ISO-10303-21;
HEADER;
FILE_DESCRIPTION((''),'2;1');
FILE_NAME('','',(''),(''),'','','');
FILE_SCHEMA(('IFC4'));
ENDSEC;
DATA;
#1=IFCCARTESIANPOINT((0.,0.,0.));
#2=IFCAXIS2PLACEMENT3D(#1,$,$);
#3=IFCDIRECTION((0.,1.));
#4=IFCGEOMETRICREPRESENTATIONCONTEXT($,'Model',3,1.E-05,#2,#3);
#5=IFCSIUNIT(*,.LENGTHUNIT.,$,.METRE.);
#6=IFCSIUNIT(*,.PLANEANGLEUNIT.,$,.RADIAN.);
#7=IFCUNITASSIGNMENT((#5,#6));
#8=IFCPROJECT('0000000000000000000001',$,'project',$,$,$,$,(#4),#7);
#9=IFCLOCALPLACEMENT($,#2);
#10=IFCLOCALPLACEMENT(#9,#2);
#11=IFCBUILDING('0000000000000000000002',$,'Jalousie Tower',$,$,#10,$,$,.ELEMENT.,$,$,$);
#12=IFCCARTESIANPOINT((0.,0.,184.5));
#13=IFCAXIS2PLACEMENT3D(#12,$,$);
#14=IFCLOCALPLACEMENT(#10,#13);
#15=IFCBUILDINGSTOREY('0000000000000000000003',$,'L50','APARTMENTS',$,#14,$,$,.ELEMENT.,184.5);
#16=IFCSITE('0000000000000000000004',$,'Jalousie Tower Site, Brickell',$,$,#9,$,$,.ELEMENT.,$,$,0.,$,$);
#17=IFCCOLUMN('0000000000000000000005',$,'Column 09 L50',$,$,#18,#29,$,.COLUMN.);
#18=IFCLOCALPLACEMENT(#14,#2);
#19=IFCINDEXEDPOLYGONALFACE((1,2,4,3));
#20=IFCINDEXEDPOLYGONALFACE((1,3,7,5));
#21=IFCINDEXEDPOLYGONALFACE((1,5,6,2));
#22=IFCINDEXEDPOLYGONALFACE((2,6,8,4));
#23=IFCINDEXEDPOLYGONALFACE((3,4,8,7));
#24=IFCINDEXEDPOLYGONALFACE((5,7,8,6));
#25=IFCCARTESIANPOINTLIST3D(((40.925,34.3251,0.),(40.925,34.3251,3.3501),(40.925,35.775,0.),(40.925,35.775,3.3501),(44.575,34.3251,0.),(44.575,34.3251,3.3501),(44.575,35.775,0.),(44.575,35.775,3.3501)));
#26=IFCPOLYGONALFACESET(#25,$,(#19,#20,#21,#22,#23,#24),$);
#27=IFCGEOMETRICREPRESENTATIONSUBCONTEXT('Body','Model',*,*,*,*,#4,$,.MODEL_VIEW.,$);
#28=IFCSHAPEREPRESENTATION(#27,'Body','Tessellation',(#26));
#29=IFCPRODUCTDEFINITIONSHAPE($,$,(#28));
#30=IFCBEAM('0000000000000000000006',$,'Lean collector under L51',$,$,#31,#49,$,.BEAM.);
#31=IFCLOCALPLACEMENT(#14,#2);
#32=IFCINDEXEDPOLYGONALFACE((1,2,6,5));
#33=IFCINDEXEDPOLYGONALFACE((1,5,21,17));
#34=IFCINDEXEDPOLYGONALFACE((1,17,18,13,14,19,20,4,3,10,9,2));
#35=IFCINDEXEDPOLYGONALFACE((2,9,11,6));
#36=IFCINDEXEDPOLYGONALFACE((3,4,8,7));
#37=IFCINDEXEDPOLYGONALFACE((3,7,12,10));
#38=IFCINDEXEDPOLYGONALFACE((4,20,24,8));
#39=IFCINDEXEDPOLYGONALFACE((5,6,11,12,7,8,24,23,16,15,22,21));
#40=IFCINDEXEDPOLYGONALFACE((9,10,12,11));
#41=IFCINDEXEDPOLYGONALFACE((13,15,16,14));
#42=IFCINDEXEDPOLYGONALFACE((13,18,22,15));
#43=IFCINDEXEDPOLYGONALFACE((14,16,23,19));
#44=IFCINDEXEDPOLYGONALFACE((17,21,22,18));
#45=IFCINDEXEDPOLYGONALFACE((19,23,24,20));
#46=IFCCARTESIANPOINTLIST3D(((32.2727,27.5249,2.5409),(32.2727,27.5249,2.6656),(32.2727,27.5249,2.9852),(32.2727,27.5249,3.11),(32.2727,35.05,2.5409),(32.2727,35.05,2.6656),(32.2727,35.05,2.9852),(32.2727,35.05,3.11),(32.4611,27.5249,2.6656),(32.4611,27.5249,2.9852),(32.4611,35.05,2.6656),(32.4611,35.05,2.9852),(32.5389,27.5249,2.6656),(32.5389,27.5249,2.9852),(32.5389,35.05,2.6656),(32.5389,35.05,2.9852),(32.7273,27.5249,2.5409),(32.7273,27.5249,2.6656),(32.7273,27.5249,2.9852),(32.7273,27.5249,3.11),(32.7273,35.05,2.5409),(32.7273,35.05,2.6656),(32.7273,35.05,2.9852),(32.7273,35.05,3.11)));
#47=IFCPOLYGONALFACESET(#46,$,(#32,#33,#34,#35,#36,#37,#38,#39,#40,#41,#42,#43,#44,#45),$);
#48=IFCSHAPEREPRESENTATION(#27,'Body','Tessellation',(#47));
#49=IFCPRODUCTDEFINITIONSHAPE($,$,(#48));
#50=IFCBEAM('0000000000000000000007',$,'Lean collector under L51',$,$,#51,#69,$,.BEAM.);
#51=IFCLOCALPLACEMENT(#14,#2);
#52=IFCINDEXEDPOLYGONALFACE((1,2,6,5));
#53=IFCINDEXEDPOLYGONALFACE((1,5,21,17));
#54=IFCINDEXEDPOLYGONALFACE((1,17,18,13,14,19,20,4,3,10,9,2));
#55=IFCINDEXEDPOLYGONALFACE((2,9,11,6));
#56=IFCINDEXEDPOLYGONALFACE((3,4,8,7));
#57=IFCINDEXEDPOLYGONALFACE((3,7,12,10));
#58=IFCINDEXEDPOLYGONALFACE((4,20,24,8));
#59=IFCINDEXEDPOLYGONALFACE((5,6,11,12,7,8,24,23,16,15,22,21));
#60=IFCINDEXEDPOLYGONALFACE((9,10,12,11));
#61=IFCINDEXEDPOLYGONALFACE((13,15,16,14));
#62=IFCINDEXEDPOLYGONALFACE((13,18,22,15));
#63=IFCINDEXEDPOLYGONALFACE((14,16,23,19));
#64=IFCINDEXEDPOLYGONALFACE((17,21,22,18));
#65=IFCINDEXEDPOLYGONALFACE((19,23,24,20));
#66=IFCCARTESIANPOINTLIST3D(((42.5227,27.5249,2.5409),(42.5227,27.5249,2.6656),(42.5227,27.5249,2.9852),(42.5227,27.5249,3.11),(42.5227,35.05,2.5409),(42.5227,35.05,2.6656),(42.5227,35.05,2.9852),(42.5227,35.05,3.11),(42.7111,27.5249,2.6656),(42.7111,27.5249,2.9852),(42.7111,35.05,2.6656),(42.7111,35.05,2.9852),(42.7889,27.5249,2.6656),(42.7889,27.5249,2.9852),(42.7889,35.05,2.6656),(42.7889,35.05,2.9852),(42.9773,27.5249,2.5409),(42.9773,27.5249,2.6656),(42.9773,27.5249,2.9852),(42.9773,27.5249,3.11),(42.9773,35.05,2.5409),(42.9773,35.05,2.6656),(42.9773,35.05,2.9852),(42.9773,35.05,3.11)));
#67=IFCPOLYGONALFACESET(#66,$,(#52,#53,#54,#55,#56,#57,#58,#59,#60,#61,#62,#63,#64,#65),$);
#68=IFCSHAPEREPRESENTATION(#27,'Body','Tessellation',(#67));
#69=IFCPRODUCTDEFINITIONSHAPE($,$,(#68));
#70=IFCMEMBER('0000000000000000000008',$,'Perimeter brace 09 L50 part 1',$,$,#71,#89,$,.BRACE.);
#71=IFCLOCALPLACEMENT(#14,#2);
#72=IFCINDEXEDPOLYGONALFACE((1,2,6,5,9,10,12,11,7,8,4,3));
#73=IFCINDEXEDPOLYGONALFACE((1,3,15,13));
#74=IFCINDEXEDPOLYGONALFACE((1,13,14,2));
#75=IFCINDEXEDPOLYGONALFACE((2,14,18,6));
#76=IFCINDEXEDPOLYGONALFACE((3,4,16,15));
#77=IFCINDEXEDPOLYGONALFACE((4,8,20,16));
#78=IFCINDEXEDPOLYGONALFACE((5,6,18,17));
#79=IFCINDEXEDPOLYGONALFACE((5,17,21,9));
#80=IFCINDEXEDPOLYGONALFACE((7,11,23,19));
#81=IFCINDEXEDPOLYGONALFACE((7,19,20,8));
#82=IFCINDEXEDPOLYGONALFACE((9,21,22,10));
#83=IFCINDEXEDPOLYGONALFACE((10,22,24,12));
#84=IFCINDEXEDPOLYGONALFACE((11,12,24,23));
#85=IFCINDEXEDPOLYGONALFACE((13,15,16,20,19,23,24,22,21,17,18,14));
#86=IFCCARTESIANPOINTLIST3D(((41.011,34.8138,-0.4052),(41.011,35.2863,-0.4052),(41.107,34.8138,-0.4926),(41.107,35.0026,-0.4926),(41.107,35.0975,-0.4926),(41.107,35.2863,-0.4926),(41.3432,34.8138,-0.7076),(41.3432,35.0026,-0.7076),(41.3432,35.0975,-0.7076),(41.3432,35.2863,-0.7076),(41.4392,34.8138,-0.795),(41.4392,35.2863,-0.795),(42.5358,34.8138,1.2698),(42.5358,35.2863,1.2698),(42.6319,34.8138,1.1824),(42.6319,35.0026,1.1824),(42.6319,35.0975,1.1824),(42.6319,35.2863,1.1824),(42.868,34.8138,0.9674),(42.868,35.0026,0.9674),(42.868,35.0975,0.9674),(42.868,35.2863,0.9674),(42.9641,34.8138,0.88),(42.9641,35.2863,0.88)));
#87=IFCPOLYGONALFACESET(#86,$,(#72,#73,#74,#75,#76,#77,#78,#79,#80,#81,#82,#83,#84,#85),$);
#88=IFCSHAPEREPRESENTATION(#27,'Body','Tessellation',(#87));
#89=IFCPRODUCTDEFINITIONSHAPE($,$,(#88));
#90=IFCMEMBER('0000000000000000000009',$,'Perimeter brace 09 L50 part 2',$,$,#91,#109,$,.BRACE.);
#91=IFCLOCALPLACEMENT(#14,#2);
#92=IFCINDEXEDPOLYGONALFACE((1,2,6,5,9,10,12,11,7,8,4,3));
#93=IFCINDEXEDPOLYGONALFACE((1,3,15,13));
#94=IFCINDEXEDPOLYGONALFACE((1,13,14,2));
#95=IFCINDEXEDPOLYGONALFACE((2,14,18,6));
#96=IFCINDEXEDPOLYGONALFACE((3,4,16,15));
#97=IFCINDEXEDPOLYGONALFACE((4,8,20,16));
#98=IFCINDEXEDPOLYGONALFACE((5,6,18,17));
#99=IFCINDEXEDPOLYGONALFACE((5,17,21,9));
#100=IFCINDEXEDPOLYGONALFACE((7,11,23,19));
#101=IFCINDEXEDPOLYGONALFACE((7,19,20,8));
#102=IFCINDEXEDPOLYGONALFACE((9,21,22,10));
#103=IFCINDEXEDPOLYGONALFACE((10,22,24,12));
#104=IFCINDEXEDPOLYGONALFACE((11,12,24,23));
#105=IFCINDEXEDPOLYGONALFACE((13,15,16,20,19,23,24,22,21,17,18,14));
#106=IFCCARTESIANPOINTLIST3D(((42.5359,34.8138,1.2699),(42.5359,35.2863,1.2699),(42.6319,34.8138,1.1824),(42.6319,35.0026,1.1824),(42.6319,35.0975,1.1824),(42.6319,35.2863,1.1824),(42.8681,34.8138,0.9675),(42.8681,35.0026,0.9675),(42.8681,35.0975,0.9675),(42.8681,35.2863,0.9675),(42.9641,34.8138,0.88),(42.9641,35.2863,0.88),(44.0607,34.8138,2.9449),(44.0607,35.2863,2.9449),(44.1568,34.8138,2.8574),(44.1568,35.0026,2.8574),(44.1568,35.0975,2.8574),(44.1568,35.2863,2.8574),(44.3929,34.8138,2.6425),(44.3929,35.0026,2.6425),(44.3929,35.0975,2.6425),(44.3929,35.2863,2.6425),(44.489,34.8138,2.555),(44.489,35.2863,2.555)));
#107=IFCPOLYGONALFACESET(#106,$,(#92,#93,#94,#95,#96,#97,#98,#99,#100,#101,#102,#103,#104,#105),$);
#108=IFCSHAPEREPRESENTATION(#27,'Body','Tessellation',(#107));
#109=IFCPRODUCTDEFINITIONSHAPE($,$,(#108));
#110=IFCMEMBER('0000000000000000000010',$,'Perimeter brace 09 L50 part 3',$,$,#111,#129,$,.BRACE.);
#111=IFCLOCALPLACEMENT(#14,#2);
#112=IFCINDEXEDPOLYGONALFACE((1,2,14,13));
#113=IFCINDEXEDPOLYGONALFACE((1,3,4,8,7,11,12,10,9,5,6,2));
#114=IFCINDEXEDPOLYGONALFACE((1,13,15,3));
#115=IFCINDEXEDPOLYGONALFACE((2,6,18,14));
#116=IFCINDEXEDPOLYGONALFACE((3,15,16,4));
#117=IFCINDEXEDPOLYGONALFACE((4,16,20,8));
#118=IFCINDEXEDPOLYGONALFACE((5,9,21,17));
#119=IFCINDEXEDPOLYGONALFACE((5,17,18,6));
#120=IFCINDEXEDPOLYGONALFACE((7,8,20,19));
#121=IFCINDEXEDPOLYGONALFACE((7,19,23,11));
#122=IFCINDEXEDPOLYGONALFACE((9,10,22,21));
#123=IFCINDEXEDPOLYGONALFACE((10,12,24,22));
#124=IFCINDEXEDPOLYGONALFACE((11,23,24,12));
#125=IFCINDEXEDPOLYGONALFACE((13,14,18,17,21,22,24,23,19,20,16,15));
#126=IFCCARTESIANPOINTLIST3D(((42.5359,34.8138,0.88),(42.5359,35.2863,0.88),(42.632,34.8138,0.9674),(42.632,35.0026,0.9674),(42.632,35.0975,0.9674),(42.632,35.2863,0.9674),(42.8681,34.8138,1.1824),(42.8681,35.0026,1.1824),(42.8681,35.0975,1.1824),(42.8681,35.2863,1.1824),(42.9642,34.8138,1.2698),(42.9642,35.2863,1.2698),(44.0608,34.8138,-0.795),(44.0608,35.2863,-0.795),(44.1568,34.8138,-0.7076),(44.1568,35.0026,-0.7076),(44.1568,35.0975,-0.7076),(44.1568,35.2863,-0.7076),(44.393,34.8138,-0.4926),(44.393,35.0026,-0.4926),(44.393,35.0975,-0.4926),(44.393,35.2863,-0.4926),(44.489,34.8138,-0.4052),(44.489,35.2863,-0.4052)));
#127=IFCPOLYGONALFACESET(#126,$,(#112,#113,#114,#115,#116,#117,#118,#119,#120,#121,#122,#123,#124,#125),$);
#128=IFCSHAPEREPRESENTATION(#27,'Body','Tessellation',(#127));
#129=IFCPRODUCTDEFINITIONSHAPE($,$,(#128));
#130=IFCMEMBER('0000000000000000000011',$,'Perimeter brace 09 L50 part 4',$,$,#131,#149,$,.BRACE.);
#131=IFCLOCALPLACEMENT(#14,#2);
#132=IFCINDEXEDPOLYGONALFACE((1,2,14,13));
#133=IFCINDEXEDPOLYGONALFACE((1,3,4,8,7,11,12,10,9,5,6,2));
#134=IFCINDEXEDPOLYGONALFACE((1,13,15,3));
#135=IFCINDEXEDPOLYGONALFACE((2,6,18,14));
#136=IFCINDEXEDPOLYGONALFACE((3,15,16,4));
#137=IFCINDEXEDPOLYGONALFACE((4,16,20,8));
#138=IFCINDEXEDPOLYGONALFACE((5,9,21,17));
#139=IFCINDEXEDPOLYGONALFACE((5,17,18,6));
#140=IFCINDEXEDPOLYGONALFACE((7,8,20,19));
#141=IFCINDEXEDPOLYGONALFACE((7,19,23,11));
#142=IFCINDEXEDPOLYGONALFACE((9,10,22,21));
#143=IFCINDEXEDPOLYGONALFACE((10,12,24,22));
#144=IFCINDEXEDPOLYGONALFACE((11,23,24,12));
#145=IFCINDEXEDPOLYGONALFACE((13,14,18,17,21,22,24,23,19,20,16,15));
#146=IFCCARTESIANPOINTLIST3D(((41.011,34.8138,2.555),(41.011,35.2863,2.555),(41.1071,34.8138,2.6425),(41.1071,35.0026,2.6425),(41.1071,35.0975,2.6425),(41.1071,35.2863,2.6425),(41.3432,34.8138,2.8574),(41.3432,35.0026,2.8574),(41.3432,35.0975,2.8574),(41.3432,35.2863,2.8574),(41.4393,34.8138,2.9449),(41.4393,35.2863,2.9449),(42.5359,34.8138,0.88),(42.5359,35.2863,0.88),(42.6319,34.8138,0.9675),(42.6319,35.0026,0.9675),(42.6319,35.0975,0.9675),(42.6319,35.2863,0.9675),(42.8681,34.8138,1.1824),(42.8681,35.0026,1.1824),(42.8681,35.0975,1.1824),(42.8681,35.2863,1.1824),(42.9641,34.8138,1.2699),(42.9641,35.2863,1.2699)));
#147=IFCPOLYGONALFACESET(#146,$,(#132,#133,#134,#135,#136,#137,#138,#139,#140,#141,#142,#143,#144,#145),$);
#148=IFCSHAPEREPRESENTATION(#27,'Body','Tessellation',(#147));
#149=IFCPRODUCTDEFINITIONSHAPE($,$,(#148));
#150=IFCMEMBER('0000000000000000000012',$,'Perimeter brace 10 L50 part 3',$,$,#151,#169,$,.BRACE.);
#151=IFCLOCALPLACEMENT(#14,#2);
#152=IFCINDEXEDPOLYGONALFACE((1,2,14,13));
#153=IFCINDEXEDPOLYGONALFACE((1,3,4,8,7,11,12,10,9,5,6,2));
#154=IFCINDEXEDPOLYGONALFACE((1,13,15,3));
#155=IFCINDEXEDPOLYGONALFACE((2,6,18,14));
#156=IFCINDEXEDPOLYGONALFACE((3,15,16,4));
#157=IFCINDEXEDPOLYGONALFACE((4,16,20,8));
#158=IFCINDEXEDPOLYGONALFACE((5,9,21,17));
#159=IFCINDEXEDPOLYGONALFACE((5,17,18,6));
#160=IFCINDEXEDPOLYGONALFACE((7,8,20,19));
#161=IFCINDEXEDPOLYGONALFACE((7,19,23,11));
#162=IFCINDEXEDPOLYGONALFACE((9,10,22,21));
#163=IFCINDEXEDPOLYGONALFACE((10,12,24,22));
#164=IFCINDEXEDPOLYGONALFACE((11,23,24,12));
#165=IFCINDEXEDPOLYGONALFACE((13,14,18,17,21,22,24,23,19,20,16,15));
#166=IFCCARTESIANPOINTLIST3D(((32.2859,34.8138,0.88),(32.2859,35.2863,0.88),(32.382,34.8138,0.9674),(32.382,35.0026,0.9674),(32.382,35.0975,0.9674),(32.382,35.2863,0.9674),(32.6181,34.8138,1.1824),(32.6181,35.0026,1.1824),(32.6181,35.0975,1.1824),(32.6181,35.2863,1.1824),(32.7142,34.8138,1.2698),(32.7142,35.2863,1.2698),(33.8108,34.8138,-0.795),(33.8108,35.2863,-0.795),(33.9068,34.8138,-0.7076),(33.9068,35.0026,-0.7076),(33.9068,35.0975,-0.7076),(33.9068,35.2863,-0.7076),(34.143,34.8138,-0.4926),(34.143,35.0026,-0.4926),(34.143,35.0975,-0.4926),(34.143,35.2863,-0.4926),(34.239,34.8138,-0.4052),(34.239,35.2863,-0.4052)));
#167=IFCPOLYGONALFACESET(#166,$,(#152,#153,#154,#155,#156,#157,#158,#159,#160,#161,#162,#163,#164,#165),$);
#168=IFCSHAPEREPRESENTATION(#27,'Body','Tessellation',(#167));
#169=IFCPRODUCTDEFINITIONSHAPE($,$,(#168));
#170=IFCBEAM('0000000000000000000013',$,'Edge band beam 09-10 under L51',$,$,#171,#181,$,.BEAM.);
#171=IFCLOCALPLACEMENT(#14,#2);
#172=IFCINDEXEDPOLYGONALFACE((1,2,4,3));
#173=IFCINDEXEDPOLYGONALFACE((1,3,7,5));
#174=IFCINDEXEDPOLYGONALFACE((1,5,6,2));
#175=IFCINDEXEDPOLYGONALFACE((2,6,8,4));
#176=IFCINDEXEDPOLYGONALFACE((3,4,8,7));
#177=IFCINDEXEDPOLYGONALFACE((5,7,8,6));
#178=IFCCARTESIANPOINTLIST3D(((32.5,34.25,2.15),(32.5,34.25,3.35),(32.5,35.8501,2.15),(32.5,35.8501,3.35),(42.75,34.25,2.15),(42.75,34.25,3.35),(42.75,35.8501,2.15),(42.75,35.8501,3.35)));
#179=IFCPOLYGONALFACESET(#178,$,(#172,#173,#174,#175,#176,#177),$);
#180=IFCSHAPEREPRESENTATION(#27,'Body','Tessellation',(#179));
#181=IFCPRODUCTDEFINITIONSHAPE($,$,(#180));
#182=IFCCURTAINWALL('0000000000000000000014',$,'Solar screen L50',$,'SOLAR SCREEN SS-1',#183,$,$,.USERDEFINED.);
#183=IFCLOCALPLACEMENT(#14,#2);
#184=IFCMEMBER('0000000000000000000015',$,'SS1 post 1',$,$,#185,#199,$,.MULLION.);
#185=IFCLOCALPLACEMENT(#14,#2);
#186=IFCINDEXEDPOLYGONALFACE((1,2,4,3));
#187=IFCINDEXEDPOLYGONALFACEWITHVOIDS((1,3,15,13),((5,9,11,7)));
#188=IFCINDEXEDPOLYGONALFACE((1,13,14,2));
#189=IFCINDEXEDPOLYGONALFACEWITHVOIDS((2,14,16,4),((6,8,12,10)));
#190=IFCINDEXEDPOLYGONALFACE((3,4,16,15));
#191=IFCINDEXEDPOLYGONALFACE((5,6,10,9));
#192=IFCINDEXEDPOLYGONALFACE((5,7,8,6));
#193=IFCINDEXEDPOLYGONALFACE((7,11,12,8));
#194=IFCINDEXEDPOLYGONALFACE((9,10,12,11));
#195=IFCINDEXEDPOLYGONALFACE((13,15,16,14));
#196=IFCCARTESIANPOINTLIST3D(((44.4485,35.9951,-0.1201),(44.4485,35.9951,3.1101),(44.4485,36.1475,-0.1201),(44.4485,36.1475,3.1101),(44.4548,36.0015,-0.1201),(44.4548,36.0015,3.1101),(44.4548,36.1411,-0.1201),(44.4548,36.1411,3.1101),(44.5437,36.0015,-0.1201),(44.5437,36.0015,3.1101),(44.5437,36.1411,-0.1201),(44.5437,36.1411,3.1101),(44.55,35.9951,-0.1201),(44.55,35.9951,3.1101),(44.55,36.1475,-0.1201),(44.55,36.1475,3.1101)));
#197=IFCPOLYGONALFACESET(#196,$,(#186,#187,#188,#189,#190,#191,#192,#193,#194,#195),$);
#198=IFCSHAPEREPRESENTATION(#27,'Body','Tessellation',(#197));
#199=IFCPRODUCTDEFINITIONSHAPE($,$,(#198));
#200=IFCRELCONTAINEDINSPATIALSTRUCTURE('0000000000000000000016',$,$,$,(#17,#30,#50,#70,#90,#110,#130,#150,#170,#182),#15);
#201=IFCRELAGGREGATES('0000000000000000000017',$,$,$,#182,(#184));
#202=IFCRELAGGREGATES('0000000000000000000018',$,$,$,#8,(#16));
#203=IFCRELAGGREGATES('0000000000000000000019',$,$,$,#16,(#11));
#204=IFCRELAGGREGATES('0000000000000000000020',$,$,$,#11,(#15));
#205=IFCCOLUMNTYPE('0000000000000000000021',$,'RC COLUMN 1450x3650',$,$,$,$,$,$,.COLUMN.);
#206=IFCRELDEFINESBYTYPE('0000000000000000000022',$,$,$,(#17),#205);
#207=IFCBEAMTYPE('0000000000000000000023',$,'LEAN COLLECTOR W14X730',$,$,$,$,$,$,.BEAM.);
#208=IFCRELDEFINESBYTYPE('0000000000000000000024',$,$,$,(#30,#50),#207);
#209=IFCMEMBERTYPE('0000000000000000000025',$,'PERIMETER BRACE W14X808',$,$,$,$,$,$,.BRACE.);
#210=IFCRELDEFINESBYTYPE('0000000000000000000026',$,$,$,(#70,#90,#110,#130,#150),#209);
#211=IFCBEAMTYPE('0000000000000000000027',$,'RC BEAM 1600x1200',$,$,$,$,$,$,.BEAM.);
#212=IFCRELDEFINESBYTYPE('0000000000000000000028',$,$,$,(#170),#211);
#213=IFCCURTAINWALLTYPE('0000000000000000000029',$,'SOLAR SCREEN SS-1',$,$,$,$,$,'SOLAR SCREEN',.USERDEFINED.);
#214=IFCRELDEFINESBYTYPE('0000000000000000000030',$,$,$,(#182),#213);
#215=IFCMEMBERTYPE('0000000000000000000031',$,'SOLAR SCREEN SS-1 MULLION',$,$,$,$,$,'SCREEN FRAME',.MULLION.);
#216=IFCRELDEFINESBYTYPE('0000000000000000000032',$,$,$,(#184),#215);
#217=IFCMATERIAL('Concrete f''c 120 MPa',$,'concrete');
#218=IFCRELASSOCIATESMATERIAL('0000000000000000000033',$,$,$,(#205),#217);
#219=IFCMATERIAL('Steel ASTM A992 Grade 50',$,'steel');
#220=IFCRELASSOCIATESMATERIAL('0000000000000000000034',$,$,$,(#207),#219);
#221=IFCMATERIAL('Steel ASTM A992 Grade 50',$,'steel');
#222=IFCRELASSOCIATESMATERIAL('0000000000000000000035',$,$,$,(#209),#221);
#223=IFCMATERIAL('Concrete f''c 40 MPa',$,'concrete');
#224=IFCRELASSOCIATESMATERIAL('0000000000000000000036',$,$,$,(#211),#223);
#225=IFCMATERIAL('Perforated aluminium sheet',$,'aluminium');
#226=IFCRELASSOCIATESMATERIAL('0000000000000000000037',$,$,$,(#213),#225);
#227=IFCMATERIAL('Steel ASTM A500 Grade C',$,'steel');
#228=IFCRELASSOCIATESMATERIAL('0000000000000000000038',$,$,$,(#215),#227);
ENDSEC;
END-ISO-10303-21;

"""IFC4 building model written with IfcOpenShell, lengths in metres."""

from ifc_helpers import new_model, si_unit, direction, frame, origin, origin_2d, place, context, subcontext, project, spatial, rectangle, hollow_rectangle, i_section, extrude, material, material_profile, profile_set, type_object, element, aggregate, save


model = new_model("IFC4")

# Units and contexts
model_context = context("Model", 3, precision=1e-05, world=origin(), true_north=direction((0.0, 1.0)))
body_context = subcontext(model_context, "Body", "Model", "MODEL_VIEW")
ifc_project = project(units=[si_unit("LENGTHUNIT", "METRE"), si_unit("PLANEANGLEUNIT", "RADIAN")], contexts=[model_context])

# Site, building, storey
site_placement = place(None, origin())
site = spatial("IfcSite", under=ifc_project, at=site_placement, Name="Jalousie Tower Site, Brickell", CompositionType="ELEMENT", RefElevation=0.0)
building_placement = place(site_placement, origin())
building = spatial("IfcBuilding", under=site, at=building_placement, Name="Jalousie Tower", CompositionType="ELEMENT")
storey_placement = place(building_placement, frame((0.0, 0.0, 184.5)))
storey = spatial("IfcBuildingStorey", under=building, at=storey_placement, Name="L50", Description="APARTMENTS", CompositionType="ELEMENT", Elevation=184.5)

# Column
ifc_material_1 = material(Name="Concrete f'c 120 MPa", Category="concrete")
ifc_material_profile_1 = material_profile(ifc_material_1, rectangle(XDim=1.45, YDim=3.6499, at=origin_2d()), Name="RC 1450x3650")
ifc_profile_set_1 = profile_set([ifc_material_profile_1], Name="Concrete f'c 120 MPa")
column_type = type_object("IfcColumnType", Name="RC COLUMN 1450x3650", PredefinedType="COLUMN", material=ifc_profile_set_1)
column_placement = place(storey_placement, frame((42.75, 35.05, 0.0), z_axis=(0.0, 0.0, 1.0), x_axis=(0.0, 1.0, 0.0)))
element("IfcColumn", 1, at=column_placement, inside=storey, type_object=column_type, Name="Column 09 L50", PredefinedType="COLUMN", context=body_context, shape_type="SweptSolid", body=[
    extrude(rectangle(XDim=1.45, YDim=3.6499, at=origin_2d()), origin(), (0.0, 0.0, 1.0), 3.3501),
])

# Beams
ifc_material_2 = material(Name="Steel ASTM A992 Grade 50", Category="steel")
ifc_material_profile_2 = material_profile(ifc_material_2, i_section(OverallWidth=0.4546, OverallDepth=0.5691, WebThickness=0.0779, FlangeThickness=0.1248, at=origin_2d()), Name="W14X730")
ifc_profile_set_2 = profile_set([ifc_material_profile_2], Name="Steel ASTM A992 Grade 50")
beam_type_1 = type_object("IfcBeamType", Name="LEAN COLLECTOR W14X730", PredefinedType="BEAM", material=ifc_profile_set_2)
for number, where, z_axis, x_axis, name in (
    (2, (32.5, 35.05, 2.8254), (0.0, -1.0, 0.0), (1.0, 0.0, 0.0), "Lean collector under L51"),
    (3, (42.75, 35.05, 2.8254), (0.0, -1.0, 0.0), (1.0, 0.0, 0.0), "Lean collector under L51"),
):
    element("IfcBeam", number, at=place(storey_placement, frame(where, z_axis=z_axis, x_axis=x_axis)), inside=storey, type_object=beam_type_1, Name=name, PredefinedType="BEAM", context=body_context, shape_type="SweptSolid", body=[
        extrude(i_section(OverallWidth=0.4546, OverallDepth=0.5691, WebThickness=0.0779, FlangeThickness=0.1248, at=origin_2d()), origin(), (0.0, 0.0, 1.0), 7.5251),
    ])

# Members
ifc_material_3 = material(Name="Steel ASTM A992 Grade 50", Category="steel")
ifc_material_profile_3 = material_profile(ifc_material_3, i_section(OverallWidth=0.4724, OverallDepth=0.5791, WebThickness=0.095, FlangeThickness=0.1299, at=origin_2d()), Name="W14X808")
ifc_profile_set_3 = profile_set([ifc_material_profile_3], Name="Steel ASTM A992 Grade 50")
member_type_1 = type_object("IfcMemberType", Name="PERIMETER BRACE W14X808", PredefinedType="BRACE", material=ifc_profile_set_3)
for number, where, z_axis, x_axis, name in (
    (4, (41.2251, 35.05, -0.6001), (0.673188, 0.0, 0.739472), (0.0, 1.0, 0.0), "Perimeter brace 09 L50 part 1"),
    (5, (42.75, 35.05, 1.075), (0.673188, 0.0, 0.739472), (0.0, 1.0, 0.0), "Perimeter brace 09 L50 part 2"),
    (6, (44.2749, 35.05, -0.6001), (-0.673188, 0.0, 0.739472), (0.0, -1.0, 0.0), "Perimeter brace 09 L50 part 3"),
    (7, (42.75, 35.05, 1.075), (-0.673188, 0.0, 0.739472), (0.0, -1.0, 0.0), "Perimeter brace 09 L50 part 4"),
    (8, (34.0249, 35.05, -0.6001), (-0.673188, 0.0, 0.739472), (0.0, -1.0, 0.0), "Perimeter brace 10 L50 part 3"),
):
    element("IfcMember", number, at=place(storey_placement, frame(where, z_axis=z_axis, x_axis=x_axis)), inside=storey, type_object=member_type_1, Name=name, PredefinedType="BRACE", context=body_context, shape_type="SweptSolid", body=[
        extrude(i_section(OverallWidth=0.4724, OverallDepth=0.5791, WebThickness=0.095, FlangeThickness=0.1299, at=origin_2d()), origin(), (0.0, 0.0, 1.0), 2.2651),
    ])

# Beam
ifc_material_4 = material(Name="Concrete f'c 40 MPa", Category="concrete")
ifc_material_profile_4 = material_profile(ifc_material_4, rectangle(XDim=1.6001, YDim=1.2, at=origin_2d()), Name="RC 1600x1200")
ifc_profile_set_4 = profile_set([ifc_material_profile_4], Name="Concrete f'c 40 MPa")
beam_type_2 = type_object("IfcBeamType", Name="RC BEAM 1600x1200", PredefinedType="BEAM", material=ifc_profile_set_4)
beam_placement = place(storey_placement, frame((42.75, 35.05, 2.75), z_axis=(-1.0, 0.0, 0.0), x_axis=(0.0, -1.0, 0.0)))
element("IfcBeam", 9, at=beam_placement, inside=storey, type_object=beam_type_2, Name="Edge band beam 09-10 under L51", PredefinedType="BEAM", context=body_context, shape_type="SweptSolid", body=[
    extrude(rectangle(XDim=1.6001, YDim=1.2, at=origin_2d()), origin(), (0.0, 0.0, 1.0), 10.25),
])

# Curtain wall, member
ifc_material_5 = material(Name="Perforated aluminium sheet", Category="aluminium")
curtain_wall_type = type_object("IfcCurtainWallType", Name="SOLAR SCREEN SS-1", ElementType="SOLAR SCREEN", PredefinedType="USERDEFINED", material=ifc_material_5)
curtain_wall_1_placement = place(storey_placement, origin())
curtain_wall_1 = element("IfcCurtainWall", 10, at=curtain_wall_1_placement, inside=storey, type_object=curtain_wall_type, Name="Solar screen L50", ObjectType="SOLAR SCREEN SS-1", PredefinedType="USERDEFINED")
ifc_material_6 = material(Name="Steel ASTM A500 Grade C", Category="steel")
ifc_material_profile_5 = material_profile(ifc_material_6, hollow_rectangle(XDim=0.1016, YDim=0.1523, WallThickness=0.0063, at=origin_2d()), Name="HSS6X4X1/4")
ifc_profile_set_5 = profile_set([ifc_material_profile_5], Name="Steel ASTM A500 Grade C")
member_type_2 = type_object("IfcMemberType", Name="SOLAR SCREEN SS-1 MULLION", ElementType="SCREEN FRAME", PredefinedType="MULLION", material=ifc_profile_set_5)
member_1_placement = place(storey_placement, frame((44.4993, 36.0713, -0.1201), z_axis=(0.0, 0.0, 1.0), x_axis=(-1.0, 0.0, 0.0)))
member_1 = element("IfcMember", 11, at=member_1_placement, type_object=member_type_2, Name="SS1 post 1", PredefinedType="MULLION", context=body_context, shape_type="SweptSolid", body=[
    extrude(hollow_rectangle(XDim=0.1016, YDim=0.1523, WallThickness=0.0063, at=origin_2d()), origin(), (0.0, 0.0, 1.0), 3.2302),
])

aggregate(curtain_wall_1, [member_1])

save(model, "model.ifc")
